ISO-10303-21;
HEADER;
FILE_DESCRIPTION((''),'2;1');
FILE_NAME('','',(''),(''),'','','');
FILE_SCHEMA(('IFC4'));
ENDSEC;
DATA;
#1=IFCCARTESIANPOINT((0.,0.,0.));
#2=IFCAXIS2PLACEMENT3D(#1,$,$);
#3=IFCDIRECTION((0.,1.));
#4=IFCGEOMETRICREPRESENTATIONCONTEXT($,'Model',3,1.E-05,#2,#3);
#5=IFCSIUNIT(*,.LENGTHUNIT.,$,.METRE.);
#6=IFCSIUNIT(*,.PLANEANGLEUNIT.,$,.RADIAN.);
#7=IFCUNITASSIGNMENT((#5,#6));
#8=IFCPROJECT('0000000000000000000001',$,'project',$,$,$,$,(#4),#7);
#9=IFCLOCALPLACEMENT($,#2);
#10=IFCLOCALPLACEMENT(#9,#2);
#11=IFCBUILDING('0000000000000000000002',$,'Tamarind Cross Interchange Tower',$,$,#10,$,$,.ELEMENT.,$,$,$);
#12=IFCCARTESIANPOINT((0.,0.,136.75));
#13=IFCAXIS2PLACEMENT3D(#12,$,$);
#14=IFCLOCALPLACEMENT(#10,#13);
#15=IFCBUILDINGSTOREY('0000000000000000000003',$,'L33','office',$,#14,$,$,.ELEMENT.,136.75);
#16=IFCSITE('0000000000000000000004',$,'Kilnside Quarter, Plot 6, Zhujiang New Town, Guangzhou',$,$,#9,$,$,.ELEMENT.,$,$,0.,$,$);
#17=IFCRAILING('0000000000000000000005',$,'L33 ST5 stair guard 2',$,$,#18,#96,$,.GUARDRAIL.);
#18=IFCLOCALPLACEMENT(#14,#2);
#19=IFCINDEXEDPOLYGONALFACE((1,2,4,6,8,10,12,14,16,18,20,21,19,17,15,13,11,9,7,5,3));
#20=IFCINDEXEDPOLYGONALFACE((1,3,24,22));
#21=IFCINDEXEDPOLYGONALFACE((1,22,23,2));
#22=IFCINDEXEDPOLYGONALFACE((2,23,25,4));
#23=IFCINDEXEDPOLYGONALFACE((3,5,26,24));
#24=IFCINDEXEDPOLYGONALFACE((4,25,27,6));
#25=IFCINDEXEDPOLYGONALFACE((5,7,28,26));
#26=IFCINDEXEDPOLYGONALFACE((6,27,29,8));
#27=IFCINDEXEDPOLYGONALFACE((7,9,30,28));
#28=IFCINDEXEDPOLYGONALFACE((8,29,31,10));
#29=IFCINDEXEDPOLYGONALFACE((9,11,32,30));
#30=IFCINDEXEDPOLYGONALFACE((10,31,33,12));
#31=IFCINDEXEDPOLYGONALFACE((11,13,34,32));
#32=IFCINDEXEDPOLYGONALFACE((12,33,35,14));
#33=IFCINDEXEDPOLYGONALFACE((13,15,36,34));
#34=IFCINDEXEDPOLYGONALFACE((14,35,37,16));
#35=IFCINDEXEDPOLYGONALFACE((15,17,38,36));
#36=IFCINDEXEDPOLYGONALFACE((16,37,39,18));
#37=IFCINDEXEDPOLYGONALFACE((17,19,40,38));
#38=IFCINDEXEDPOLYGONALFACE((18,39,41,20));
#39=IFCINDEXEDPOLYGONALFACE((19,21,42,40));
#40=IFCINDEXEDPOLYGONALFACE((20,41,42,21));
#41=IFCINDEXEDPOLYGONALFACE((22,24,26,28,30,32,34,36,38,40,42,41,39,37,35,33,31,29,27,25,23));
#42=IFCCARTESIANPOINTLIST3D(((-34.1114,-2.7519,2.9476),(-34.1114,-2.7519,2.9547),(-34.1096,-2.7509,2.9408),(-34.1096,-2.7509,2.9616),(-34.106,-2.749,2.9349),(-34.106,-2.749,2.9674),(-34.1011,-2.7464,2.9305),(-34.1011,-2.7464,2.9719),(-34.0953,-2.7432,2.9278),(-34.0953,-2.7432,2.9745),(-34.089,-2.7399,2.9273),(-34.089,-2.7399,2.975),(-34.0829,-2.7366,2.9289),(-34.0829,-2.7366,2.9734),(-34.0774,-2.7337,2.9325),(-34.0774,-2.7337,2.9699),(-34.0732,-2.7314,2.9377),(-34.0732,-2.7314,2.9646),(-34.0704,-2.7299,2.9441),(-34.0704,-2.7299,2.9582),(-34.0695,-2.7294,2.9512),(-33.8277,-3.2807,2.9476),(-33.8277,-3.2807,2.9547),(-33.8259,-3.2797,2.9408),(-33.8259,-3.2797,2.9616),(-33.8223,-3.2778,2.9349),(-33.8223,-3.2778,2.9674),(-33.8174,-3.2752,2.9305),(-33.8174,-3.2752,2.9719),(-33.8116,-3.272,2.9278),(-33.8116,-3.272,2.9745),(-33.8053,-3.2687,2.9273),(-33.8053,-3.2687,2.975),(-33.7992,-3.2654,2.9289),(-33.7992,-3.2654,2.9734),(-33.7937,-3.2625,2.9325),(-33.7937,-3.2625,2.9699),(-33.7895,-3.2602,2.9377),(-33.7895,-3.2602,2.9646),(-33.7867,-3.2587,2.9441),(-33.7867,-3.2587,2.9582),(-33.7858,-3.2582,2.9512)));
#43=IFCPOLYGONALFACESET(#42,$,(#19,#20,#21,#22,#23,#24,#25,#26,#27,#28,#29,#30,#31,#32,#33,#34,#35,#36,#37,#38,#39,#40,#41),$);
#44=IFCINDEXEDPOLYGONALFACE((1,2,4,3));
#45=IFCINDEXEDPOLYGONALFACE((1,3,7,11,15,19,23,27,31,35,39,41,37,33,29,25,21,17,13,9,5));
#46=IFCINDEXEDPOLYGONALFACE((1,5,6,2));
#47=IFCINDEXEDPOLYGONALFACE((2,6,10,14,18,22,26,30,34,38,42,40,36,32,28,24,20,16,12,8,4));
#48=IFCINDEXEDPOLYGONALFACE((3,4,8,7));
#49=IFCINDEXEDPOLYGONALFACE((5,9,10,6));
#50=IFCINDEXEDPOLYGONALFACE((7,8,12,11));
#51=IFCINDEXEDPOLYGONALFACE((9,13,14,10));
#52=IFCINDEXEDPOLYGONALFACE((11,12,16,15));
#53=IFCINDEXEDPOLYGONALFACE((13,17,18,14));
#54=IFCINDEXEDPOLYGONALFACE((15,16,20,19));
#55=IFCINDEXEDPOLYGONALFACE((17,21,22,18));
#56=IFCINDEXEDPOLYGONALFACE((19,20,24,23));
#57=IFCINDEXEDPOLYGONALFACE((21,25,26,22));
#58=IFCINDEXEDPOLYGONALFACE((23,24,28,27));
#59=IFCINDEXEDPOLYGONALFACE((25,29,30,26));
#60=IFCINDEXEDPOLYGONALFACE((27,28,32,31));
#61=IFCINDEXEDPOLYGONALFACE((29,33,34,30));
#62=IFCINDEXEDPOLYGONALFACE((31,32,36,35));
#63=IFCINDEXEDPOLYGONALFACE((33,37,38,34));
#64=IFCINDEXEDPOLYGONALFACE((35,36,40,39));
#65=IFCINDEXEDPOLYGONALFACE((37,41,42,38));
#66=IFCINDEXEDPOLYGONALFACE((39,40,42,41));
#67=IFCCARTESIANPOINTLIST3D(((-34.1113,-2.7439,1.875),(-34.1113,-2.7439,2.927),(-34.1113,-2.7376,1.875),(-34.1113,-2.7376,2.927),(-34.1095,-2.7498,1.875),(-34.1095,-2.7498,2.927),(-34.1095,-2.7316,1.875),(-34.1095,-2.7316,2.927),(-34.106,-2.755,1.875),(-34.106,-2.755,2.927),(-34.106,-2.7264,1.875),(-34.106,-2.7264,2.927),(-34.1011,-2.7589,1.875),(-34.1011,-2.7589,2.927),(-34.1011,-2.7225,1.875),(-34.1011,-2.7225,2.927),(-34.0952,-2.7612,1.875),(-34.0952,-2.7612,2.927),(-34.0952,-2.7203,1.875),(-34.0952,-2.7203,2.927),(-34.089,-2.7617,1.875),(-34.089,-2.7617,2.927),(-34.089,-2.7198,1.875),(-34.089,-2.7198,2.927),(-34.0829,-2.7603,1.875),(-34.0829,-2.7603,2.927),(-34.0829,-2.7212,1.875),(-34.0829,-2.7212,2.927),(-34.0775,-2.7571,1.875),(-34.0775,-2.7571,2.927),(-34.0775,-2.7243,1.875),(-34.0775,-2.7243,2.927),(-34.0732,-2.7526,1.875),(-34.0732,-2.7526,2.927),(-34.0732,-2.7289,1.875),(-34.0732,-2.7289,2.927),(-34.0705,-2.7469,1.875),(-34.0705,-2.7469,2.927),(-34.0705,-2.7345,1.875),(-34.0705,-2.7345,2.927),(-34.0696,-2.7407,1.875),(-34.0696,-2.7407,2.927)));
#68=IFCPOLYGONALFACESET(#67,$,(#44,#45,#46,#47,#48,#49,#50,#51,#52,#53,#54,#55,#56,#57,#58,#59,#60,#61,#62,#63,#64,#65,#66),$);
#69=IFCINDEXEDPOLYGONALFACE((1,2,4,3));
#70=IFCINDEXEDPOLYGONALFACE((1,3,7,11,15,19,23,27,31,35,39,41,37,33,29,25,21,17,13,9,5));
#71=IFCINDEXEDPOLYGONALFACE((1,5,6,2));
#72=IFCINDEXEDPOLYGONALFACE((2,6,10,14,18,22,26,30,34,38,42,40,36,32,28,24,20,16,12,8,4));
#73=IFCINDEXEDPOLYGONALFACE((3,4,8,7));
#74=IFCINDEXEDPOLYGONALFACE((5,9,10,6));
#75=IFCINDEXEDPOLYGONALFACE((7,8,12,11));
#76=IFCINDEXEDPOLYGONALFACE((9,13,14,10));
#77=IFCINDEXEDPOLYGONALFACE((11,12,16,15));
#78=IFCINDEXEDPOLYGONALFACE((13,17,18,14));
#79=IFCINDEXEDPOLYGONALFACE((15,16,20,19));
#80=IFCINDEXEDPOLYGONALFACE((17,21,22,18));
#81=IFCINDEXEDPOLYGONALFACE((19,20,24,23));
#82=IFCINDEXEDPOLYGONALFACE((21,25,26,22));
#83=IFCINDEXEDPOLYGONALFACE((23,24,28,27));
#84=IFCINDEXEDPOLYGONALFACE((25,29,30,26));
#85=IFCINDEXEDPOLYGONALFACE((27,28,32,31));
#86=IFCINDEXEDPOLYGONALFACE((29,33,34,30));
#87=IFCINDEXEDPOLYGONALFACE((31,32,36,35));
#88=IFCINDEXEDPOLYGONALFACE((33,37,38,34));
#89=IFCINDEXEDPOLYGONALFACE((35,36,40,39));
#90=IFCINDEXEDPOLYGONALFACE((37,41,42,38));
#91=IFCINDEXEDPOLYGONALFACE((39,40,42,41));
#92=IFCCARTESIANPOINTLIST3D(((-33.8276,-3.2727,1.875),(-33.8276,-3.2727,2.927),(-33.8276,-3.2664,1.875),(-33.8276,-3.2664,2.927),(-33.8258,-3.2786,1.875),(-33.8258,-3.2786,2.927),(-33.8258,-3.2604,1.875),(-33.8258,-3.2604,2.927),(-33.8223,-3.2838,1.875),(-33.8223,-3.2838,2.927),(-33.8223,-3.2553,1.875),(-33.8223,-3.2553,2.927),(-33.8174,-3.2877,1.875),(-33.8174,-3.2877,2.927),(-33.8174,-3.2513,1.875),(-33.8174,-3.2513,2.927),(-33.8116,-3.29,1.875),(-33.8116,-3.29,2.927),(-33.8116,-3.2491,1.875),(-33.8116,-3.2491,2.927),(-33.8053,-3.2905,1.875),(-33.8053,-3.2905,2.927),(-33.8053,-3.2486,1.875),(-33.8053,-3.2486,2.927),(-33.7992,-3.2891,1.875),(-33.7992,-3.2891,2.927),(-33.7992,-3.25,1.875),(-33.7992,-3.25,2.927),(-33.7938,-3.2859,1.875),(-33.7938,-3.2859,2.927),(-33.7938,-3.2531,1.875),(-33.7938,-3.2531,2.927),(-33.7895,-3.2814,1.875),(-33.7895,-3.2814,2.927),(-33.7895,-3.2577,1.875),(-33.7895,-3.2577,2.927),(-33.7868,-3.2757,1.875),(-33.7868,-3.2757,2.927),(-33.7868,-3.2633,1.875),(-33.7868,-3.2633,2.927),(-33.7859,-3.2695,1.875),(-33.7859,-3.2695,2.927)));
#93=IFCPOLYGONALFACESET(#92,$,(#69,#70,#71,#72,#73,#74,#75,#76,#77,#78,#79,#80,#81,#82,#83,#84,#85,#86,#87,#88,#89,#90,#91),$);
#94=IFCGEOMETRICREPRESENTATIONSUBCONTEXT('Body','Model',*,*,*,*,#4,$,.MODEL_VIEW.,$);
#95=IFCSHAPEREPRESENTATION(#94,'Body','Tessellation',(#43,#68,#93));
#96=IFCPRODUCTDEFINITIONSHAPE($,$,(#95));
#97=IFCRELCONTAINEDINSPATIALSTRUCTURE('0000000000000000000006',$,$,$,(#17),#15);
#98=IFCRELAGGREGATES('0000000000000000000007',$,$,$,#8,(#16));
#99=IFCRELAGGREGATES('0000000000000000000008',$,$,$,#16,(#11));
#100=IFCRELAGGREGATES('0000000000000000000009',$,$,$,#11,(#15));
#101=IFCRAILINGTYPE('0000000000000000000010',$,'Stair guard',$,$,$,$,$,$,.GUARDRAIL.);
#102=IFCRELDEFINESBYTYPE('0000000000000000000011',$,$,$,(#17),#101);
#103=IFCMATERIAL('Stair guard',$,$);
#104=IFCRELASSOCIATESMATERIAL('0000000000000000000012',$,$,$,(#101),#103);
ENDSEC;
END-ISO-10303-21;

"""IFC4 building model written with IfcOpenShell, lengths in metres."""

from ifc_helpers import new_model, si_unit, direction, frame, origin, origin_2d, place, context, subcontext, project, spatial, circle, extrude, material, type_object, element, save


model = new_model("IFC4")

# Units and contexts
model_context = context("Model", 3, precision=1e-05, world=origin(), true_north=direction((0.0, 1.0)))
body_context = subcontext(model_context, "Body", "Model", "MODEL_VIEW")
ifc_project = project(units=[si_unit("LENGTHUNIT", "METRE"), si_unit("PLANEANGLEUNIT", "RADIAN")], contexts=[model_context])

# Site, building, storey
site_placement = place(None, origin())
site = spatial("IfcSite", under=ifc_project, at=site_placement, Name="Kilnside Quarter, Plot 6, Zhujiang New Town, Guangzhou", CompositionType="ELEMENT", RefElevation=0.0)
building_placement = place(site_placement, origin())
building = spatial("IfcBuilding", under=site, at=building_placement, Name="Tamarind Cross Interchange Tower", CompositionType="ELEMENT")
storey_placement = place(building_placement, frame((0.0, 0.0, 136.75)))
storey = spatial("IfcBuildingStorey", under=building, at=storey_placement, Name="L33", Description="office", CompositionType="ELEMENT", Elevation=136.75)

# Railing
ifc_material_1 = material(Name="Stair guard")
railing_type_1 = type_object("IfcRailingType", Name="Stair guard", PredefinedType="GUARDRAIL", material=ifc_material_1)
railing_1_placement = place(storey_placement, frame((-34.0906, -2.7407, 1.875)))
element("IfcRailing", 1, at=railing_1_placement, inside=storey, type_object=railing_type_1, Name="L33 ST5 stair guard 2", PredefinedType="GUARDRAIL", context=body_context, shape_type="SweptSolid", body=[
    extrude(circle(Radius=0.0239, at=origin_2d()), frame((0.0, 0.0, 1.0762), z_axis=(0.472741, -0.881202, 0.0), x_axis=(0.881202, 0.472741, 0.0)), (0.0, 0.0, 1.0), 0.6001),
    extrude(circle(Radius=0.021, at=origin_2d()), origin(), (0.0, 0.0, 1.0), 1.052),
    extrude(circle(Radius=0.021, at=origin_2d()), frame((0.2837, -0.5288, 0.0)), (0.0, 0.0, 1.0), 1.052),
])

save(model, "model.ifc")
